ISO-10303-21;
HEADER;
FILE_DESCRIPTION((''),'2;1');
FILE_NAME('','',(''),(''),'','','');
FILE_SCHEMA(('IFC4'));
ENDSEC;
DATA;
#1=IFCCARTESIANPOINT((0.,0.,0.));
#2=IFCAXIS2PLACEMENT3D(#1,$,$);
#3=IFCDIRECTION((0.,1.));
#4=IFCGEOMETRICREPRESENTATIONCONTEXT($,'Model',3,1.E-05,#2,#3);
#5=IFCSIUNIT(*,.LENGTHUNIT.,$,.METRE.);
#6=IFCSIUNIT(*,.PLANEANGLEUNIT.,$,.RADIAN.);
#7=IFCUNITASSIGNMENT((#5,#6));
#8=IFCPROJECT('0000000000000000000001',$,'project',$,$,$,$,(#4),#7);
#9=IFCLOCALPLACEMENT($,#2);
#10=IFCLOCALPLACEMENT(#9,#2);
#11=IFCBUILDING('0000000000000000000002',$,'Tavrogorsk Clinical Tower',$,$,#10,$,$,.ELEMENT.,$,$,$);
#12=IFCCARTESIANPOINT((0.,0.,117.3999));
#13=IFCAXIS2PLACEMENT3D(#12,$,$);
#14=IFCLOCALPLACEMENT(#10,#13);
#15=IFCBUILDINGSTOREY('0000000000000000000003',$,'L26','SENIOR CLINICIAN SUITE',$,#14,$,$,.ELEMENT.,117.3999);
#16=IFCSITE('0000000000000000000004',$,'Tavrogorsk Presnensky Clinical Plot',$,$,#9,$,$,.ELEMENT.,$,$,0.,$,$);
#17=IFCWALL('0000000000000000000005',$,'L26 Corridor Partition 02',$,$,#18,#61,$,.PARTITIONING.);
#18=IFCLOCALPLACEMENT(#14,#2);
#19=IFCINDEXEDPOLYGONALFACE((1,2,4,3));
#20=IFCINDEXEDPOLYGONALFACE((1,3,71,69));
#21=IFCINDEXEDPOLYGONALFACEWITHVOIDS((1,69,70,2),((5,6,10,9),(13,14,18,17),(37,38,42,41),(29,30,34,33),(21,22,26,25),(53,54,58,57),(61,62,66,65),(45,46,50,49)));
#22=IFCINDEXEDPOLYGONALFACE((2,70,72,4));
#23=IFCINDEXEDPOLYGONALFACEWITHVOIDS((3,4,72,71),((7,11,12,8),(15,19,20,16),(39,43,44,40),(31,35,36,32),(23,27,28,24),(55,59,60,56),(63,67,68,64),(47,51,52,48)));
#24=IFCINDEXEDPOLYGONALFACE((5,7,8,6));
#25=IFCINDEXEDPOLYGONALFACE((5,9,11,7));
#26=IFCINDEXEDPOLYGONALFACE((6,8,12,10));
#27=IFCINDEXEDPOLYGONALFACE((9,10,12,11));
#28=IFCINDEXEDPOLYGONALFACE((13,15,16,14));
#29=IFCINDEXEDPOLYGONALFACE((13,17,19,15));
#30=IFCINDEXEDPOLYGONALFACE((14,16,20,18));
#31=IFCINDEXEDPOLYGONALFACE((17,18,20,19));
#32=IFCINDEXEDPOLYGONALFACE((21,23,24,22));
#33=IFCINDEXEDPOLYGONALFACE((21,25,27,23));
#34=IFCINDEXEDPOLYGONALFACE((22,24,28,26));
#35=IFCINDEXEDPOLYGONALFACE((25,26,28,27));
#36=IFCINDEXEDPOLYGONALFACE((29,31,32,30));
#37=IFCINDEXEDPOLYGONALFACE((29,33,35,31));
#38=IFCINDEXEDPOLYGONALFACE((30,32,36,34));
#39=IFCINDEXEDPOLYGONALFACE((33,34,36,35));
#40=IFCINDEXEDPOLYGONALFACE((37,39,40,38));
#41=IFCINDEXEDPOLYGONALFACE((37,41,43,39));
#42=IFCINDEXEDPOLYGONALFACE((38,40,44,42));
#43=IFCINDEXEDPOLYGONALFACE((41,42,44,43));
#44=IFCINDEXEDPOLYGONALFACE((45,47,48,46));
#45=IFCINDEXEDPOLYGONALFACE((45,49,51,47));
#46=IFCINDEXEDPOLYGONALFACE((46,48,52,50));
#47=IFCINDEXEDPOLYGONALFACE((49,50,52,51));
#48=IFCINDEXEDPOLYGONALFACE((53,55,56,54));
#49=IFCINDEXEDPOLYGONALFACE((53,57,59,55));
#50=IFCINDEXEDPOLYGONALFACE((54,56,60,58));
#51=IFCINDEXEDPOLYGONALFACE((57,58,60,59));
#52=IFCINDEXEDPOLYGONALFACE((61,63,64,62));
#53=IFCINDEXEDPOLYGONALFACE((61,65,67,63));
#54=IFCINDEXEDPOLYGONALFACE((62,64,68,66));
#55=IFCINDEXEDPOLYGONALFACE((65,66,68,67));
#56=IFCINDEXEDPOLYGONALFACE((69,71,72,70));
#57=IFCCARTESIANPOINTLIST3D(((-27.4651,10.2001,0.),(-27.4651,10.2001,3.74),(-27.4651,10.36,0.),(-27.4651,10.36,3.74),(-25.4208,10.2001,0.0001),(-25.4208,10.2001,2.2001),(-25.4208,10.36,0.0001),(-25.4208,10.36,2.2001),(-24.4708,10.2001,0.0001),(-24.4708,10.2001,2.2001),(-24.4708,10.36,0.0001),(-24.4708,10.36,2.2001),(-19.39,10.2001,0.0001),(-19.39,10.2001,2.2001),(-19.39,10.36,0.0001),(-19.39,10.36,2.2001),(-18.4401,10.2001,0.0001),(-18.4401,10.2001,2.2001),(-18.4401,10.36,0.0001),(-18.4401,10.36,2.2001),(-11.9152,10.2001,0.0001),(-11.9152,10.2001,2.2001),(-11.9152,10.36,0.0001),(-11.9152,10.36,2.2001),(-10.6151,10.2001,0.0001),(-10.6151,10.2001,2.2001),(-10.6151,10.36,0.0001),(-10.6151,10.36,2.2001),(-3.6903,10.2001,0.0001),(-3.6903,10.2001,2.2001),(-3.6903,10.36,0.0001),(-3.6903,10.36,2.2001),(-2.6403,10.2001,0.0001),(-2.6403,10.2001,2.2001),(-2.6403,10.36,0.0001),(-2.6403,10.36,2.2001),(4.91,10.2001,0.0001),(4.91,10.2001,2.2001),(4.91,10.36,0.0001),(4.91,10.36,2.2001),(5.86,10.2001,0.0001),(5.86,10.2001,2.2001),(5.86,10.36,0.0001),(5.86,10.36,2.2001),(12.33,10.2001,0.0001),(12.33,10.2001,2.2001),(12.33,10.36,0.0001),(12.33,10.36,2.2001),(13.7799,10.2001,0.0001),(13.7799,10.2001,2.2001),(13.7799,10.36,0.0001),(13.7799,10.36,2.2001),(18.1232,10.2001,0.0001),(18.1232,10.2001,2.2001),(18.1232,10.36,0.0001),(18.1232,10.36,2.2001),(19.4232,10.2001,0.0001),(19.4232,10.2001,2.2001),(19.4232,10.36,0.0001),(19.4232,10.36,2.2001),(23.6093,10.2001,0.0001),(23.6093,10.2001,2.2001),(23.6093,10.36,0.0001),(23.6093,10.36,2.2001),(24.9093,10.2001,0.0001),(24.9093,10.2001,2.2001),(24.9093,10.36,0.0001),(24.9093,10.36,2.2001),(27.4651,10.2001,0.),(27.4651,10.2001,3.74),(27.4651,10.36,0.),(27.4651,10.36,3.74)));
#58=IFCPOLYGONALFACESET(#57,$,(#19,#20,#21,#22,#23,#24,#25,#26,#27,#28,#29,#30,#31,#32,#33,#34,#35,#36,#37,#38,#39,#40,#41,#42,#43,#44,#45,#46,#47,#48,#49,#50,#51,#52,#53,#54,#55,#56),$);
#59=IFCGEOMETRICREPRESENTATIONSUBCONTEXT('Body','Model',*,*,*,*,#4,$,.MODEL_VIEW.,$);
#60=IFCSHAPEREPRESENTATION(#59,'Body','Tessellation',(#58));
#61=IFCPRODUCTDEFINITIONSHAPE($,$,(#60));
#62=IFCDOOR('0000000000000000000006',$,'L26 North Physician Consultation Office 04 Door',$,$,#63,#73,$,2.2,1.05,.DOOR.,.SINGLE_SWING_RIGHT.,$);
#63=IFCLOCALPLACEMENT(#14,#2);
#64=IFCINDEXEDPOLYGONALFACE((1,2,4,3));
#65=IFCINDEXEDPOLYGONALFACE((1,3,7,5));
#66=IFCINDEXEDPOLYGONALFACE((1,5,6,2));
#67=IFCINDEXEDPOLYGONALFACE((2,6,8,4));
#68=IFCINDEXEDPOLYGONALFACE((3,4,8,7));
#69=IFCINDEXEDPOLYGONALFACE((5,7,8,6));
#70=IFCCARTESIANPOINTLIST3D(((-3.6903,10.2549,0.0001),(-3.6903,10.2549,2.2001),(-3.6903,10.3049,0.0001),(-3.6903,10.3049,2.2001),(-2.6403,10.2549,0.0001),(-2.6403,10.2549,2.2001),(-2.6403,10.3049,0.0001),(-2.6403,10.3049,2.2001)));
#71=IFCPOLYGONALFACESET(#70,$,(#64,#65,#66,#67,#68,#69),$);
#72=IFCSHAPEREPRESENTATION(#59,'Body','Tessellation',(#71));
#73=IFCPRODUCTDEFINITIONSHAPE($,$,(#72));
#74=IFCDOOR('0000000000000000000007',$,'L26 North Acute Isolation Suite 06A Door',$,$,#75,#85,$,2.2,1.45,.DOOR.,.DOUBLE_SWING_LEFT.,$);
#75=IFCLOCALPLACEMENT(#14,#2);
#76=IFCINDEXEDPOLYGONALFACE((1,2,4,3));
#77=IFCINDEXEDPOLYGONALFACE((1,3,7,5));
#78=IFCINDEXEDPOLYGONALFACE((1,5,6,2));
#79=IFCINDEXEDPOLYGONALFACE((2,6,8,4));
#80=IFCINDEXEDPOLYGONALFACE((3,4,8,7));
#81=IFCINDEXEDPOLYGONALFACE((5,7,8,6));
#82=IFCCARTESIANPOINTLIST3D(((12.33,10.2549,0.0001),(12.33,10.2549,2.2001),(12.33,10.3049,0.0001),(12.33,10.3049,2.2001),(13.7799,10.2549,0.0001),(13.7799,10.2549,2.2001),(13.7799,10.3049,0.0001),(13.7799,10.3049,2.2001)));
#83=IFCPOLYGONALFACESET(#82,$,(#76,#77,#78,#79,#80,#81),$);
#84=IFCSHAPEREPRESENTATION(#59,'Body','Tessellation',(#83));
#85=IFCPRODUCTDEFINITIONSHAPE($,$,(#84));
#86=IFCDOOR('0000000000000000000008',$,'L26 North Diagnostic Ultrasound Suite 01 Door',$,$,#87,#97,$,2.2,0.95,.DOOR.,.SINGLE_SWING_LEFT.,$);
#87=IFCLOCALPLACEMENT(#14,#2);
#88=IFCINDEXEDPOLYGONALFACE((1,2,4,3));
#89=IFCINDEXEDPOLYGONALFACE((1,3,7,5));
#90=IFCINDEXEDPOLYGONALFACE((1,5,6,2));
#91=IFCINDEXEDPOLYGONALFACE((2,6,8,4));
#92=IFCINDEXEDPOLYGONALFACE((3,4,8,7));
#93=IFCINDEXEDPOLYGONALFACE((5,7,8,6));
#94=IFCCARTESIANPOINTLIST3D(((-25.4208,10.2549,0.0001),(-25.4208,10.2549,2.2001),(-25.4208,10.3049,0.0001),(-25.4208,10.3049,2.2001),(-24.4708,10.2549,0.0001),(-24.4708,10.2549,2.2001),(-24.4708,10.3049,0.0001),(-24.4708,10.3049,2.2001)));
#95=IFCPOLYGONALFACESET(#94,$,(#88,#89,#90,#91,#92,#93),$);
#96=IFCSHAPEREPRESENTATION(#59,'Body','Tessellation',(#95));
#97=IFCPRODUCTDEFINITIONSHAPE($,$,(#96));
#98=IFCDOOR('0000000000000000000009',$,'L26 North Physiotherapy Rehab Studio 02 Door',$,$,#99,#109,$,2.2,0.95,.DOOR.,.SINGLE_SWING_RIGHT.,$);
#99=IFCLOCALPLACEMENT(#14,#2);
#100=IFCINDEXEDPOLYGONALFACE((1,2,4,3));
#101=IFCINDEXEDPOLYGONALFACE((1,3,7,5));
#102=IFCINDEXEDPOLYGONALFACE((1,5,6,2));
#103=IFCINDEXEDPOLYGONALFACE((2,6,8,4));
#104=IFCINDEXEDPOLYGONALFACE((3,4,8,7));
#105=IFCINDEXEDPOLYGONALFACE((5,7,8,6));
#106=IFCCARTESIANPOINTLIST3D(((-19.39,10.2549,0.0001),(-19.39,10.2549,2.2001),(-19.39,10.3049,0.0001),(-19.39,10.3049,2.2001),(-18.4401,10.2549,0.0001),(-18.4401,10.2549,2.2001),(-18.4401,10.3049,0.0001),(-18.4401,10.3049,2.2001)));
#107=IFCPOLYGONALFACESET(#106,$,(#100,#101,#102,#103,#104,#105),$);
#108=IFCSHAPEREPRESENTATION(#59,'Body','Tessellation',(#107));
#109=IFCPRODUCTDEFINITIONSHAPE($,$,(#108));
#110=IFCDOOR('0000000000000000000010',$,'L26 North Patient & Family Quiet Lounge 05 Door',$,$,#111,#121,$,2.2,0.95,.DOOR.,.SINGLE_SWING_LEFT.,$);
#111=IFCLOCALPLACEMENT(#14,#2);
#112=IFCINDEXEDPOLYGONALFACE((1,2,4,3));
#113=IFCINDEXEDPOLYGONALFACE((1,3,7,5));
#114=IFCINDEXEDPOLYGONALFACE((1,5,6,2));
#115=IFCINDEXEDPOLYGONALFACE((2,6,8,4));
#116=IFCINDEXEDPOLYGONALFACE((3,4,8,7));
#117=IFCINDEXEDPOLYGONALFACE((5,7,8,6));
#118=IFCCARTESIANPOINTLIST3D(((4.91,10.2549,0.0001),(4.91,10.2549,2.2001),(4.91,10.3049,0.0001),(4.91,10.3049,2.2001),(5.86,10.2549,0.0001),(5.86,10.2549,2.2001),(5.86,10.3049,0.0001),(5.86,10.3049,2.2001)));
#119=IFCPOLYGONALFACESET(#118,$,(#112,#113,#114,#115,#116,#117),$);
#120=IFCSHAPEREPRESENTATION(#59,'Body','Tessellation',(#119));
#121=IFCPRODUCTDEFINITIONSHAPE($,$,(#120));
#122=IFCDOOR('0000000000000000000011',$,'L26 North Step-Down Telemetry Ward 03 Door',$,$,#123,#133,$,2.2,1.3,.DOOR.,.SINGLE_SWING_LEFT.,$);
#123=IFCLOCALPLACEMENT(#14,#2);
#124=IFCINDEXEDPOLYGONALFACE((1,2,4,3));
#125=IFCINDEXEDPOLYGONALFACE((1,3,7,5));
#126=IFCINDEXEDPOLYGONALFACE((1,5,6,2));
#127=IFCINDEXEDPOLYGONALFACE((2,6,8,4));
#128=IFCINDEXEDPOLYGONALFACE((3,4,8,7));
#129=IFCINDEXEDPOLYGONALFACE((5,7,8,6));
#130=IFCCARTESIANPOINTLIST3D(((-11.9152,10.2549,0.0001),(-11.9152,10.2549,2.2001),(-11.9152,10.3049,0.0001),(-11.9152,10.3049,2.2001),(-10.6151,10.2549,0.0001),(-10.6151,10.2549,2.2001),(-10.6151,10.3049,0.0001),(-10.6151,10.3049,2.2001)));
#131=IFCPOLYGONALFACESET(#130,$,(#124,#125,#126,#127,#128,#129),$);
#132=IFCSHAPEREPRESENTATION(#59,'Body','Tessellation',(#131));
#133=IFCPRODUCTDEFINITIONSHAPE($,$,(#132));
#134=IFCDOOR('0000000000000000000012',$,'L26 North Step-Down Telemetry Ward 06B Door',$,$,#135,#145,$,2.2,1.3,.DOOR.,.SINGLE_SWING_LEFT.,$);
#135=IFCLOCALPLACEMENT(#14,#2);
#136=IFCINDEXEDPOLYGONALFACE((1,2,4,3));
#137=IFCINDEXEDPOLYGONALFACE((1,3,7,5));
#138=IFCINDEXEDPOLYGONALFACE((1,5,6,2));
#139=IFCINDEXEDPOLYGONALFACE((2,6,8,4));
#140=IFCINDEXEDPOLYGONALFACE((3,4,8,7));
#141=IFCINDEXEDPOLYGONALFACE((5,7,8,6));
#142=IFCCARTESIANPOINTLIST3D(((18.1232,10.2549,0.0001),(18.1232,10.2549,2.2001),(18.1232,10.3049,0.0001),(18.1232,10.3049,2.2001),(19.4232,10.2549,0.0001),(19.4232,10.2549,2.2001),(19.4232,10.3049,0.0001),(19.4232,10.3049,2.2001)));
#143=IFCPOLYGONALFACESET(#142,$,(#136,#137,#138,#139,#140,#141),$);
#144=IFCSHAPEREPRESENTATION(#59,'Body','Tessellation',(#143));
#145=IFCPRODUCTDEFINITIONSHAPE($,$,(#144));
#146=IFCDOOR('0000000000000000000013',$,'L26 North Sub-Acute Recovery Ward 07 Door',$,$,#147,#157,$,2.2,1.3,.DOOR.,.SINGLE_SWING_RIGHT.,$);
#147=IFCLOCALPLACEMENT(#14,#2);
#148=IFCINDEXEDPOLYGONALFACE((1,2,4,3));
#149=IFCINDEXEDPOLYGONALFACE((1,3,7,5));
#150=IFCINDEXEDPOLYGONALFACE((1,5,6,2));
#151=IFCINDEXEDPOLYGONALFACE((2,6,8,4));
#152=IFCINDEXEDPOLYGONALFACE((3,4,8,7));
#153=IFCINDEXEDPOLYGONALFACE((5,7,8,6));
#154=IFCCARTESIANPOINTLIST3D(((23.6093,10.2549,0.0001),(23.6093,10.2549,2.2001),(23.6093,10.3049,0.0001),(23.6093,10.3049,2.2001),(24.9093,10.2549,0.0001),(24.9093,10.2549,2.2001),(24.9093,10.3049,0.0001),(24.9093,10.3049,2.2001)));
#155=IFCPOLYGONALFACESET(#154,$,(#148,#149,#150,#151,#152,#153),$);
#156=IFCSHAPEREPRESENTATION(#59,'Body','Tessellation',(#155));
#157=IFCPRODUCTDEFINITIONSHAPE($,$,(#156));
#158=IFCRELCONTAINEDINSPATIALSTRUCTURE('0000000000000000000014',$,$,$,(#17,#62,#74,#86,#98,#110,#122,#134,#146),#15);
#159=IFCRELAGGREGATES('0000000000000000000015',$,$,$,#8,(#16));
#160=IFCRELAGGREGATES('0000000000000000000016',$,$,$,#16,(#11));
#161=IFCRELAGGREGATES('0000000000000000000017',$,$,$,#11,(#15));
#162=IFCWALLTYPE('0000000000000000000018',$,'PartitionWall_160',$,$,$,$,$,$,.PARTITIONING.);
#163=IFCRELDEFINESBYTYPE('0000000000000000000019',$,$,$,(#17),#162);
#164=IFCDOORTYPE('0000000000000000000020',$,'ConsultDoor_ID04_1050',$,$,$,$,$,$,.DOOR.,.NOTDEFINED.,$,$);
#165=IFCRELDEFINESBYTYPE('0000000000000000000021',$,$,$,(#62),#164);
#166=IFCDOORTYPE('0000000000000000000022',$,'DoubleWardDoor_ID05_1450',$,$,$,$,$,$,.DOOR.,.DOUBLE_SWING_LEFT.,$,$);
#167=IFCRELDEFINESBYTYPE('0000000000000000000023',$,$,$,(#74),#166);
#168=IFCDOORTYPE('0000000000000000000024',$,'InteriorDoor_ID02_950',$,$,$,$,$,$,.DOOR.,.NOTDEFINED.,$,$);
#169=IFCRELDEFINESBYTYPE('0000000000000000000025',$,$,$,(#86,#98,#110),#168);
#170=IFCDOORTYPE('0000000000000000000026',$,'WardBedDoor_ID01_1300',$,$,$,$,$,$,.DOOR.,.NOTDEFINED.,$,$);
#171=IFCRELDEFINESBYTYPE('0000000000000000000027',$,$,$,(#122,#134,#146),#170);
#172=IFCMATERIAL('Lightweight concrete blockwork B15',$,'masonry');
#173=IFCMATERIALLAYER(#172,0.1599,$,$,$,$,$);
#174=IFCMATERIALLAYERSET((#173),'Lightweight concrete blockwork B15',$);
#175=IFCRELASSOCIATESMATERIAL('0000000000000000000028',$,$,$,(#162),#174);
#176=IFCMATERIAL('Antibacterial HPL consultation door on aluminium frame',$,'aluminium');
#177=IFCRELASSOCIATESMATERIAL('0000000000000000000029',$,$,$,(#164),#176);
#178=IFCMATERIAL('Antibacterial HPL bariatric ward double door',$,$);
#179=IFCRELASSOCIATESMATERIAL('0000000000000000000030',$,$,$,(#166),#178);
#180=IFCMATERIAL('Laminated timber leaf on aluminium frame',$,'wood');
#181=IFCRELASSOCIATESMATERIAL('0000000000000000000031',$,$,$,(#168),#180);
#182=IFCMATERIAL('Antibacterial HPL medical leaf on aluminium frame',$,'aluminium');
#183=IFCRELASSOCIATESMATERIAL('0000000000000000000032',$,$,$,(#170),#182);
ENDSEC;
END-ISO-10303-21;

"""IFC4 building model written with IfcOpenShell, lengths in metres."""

from ifc_helpers import new_model, si_unit, direction, frame, frame_2d, origin, place, context, subcontext, project, spatial, rectangle, extrude, material, layer, layer_set, type_object, element, fill, save


model = new_model("IFC4")

# Units and contexts
model_context = context("Model", 3, precision=1e-05, world=origin(), true_north=direction((0.0, 1.0)))
body_context = subcontext(model_context, "Body", "Model", "MODEL_VIEW")
ifc_project = project(units=[si_unit("LENGTHUNIT", "METRE"), si_unit("PLANEANGLEUNIT", "RADIAN")], contexts=[model_context])

# Site, building, storey
site_placement = place(None, origin())
site = spatial("IfcSite", under=ifc_project, at=site_placement, Name="Tavrogorsk Presnensky Clinical Plot", CompositionType="ELEMENT", RefElevation=0.0)
building_placement = place(site_placement, origin())
building = spatial("IfcBuilding", under=site, at=building_placement, Name="Tavrogorsk Clinical Tower", CompositionType="ELEMENT")
storey_placement = place(building_placement, frame((0.0, 0.0, 117.3999)))
storey = spatial("IfcBuildingStorey", under=building, at=storey_placement, Name="L26", Description="SENIOR CLINICIAN SUITE", CompositionType="ELEMENT", Elevation=117.3999)

# Wall, openings, doors
ifc_material_1 = material(Name="Lightweight concrete blockwork B15", Category="masonry")
ifc_layer_1 = layer(ifc_material_1, 0.1599)
ifc_layer_set_1 = layer_set([ifc_layer_1], Name="Lightweight concrete blockwork B15")
wall_type_1 = type_object("IfcWallType", Name="PartitionWall_160", PredefinedType="PARTITIONING", material=ifc_layer_set_1)
wall_1_placement = place(storey_placement, frame((-27.4651, 10.28, 0.0), z_axis=(0.0, 0.0, 1.0), x_axis=(1.0, 0.0, 0.0)))
wall_1 = element("IfcWall", 1, at=wall_1_placement, inside=storey, type_object=wall_type_1, Name="L26 Corridor Partition 02", PredefinedType="PARTITIONING", context=body_context, shape_type="SweptSolid", body=[
    extrude(rectangle(XDim=54.9302, YDim=0.1599, at=frame_2d((27.4651, 0.0))), origin(), (0.0, 0.0, 1.0), 3.74),
])
opening_1_placement = place(wall_1_placement, frame((2.0442, 0.0, 0.0)))
opening_1 = element("IfcOpeningElement", 2, at=opening_1_placement, cuts=wall_1, PredefinedType="OPENING", context=body_context, shape_type="SweptSolid", body=[
    extrude(rectangle(XDim=0.95, YDim=2.2, at=frame_2d((0.4751, 1.1001))), frame((0.0, 0.0898, 0.0), z_axis=(0.0, -1.0, 0.0), x_axis=(1.0, 0.0, 0.0)), (0.0, 0.0, 1.0), 0.1799),
])
opening_2_placement = place(wall_1_placement, frame((8.075, 0.0, 0.0)))
opening_2 = element("IfcOpeningElement", 3, at=opening_2_placement, cuts=wall_1, PredefinedType="OPENING", context=body_context, shape_type="SweptSolid", body=[
    extrude(rectangle(XDim=0.95, YDim=2.2, at=frame_2d((0.4751, 1.1001))), frame((0.0, 0.0898, 0.0), z_axis=(0.0, -1.0, 0.0), x_axis=(1.0, 0.0, 0.0)), (0.0, 0.0, 1.0), 0.1799),
])
opening_3_placement = place(wall_1_placement, frame((15.55, 0.0, 0.0)))
opening_3 = element("IfcOpeningElement", 4, at=opening_3_placement, cuts=wall_1, PredefinedType="OPENING", context=body_context, shape_type="SweptSolid", body=[
    extrude(rectangle(XDim=1.3, YDim=2.2, at=frame_2d((0.6499, 1.1001))), frame((0.0, 0.0898, 0.0), z_axis=(0.0, -1.0, 0.0), x_axis=(1.0, 0.0, 0.0)), (0.0, 0.0, 1.0), 0.1799),
])
opening_4_placement = place(wall_1_placement, frame((23.7749, 0.0, 0.0)))
opening_4 = element("IfcOpeningElement", 5, at=opening_4_placement, cuts=wall_1, PredefinedType="OPENING", context=body_context, shape_type="SweptSolid", body=[
    extrude(rectangle(XDim=1.05, YDim=2.2, at=frame_2d((0.5249, 1.1001))), frame((0.0, 0.0898, 0.0), z_axis=(0.0, -1.0, 0.0), x_axis=(1.0, 0.0, 0.0)), (0.0, 0.0, 1.0), 0.1799),
])
opening_5_placement = place(wall_1_placement, frame((32.375, 0.0, 0.0)))
opening_5 = element("IfcOpeningElement", 6, at=opening_5_placement, cuts=wall_1, PredefinedType="OPENING", context=body_context, shape_type="SweptSolid", body=[
    extrude(rectangle(XDim=0.95, YDim=2.2, at=frame_2d((0.4751, 1.1001))), frame((0.0, 0.0898, 0.0), z_axis=(0.0, -1.0, 0.0), x_axis=(1.0, 0.0, 0.0)), (0.0, 0.0, 1.0), 0.1799),
])
opening_6_placement = place(wall_1_placement, frame((39.7949, 0.0, 0.0)))
opening_6 = element("IfcOpeningElement", 7, at=opening_6_placement, cuts=wall_1, PredefinedType="OPENING", context=body_context, shape_type="SweptSolid", body=[
    extrude(rectangle(XDim=1.45, YDim=2.2, at=frame_2d((0.7251, 1.1001))), frame((0.0, 0.0898, 0.0), z_axis=(0.0, -1.0, 0.0), x_axis=(1.0, 0.0, 0.0)), (0.0, 0.0, 1.0), 0.1799),
])
opening_7_placement = place(wall_1_placement, frame((45.5884, 0.0, 0.0)))
opening_7 = element("IfcOpeningElement", 8, at=opening_7_placement, cuts=wall_1, PredefinedType="OPENING", context=body_context, shape_type="SweptSolid", body=[
    extrude(rectangle(XDim=1.3, YDim=2.2, at=frame_2d((0.6499, 1.1001))), frame((0.0, 0.0898, 0.0), z_axis=(0.0, -1.0, 0.0), x_axis=(1.0, 0.0, 0.0)), (0.0, 0.0, 1.0), 0.1799),
])
opening_8_placement = place(wall_1_placement, frame((51.0745, 0.0, 0.0)))
opening_8 = element("IfcOpeningElement", 9, at=opening_8_placement, cuts=wall_1, PredefinedType="OPENING", context=body_context, shape_type="SweptSolid", body=[
    extrude(rectangle(XDim=1.3, YDim=2.2, at=frame_2d((0.6499, 1.1001))), frame((0.0, 0.0898, 0.0), z_axis=(0.0, -1.0, 0.0), x_axis=(1.0, 0.0, 0.0)), (0.0, 0.0, 1.0), 0.1799),
])
ifc_material_2 = material(Name="Antibacterial HPL consultation door on aluminium frame", Category="aluminium")
door_type_1 = type_object("IfcDoorType", Name="ConsultDoor_ID04_1050", OperationType="NOTDEFINED", PredefinedType="DOOR", material=ifc_material_2)
door_1_placement = place(opening_4_placement, origin())
door_1 = element("IfcDoor", 10, at=door_1_placement, inside=storey, type_object=door_type_1, Name="L26 North Physician Consultation Office 04 Door", OperationType="SINGLE_SWING_RIGHT", OverallHeight=2.2, OverallWidth=1.05, PredefinedType="DOOR", context=body_context, shape_type="SweptSolid", body=[
    extrude(rectangle(XDim=1.05, YDim=2.2, at=frame_2d((0.5249, 1.1001))), frame((0.0, 0.0249, 0.0), z_axis=(0.0, -1.0, 0.0), x_axis=(1.0, 0.0, 0.0)), (0.0, 0.0, 1.0), 0.05),
])
fill(opening_4, door_1)
ifc_material_3 = material(Name="Antibacterial HPL bariatric ward double door")
door_type_2 = type_object("IfcDoorType", Name="DoubleWardDoor_ID05_1450", OperationType="DOUBLE_SWING_LEFT", PredefinedType="DOOR", material=ifc_material_3)
door_2_placement = place(opening_6_placement, origin())
door_2 = element("IfcDoor", 11, at=door_2_placement, inside=storey, type_object=door_type_2, Name="L26 North Acute Isolation Suite 06A Door", OperationType="DOUBLE_SWING_LEFT", OverallHeight=2.2, OverallWidth=1.45, PredefinedType="DOOR", context=body_context, shape_type="SweptSolid", body=[
    extrude(rectangle(XDim=1.45, YDim=2.2, at=frame_2d((0.7251, 1.1001))), frame((0.0, 0.0249, 0.0), z_axis=(0.0, -1.0, 0.0), x_axis=(1.0, 0.0, 0.0)), (0.0, 0.0, 1.0), 0.05),
])
fill(opening_6, door_2)
ifc_material_4 = material(Name="Laminated timber leaf on aluminium frame", Category="wood")
door_type_3 = type_object("IfcDoorType", Name="InteriorDoor_ID02_950", OperationType="NOTDEFINED", PredefinedType="DOOR", material=ifc_material_4)
door_3_placement = place(opening_1_placement, origin())
door_3 = element("IfcDoor", 12, at=door_3_placement, inside=storey, type_object=door_type_3, Name="L26 North Diagnostic Ultrasound Suite 01 Door", OperationType="SINGLE_SWING_LEFT", OverallHeight=2.2, OverallWidth=0.95, PredefinedType="DOOR", context=body_context, shape_type="SweptSolid", body=[
    extrude(rectangle(XDim=0.95, YDim=2.2, at=frame_2d((0.4751, 1.1001))), frame((0.0, 0.0249, 0.0), z_axis=(0.0, -1.0, 0.0), x_axis=(1.0, 0.0, 0.0)), (0.0, 0.0, 1.0), 0.05),
])
fill(opening_1, door_3)
door_4_placement = place(opening_2_placement, origin())
door_4 = element("IfcDoor", 13, at=door_4_placement, inside=storey, type_object=door_type_3, Name="L26 North Physiotherapy Rehab Studio 02 Door", OperationType="SINGLE_SWING_RIGHT", OverallHeight=2.2, OverallWidth=0.95, PredefinedType="DOOR", context=body_context, shape_type="SweptSolid", body=[
    extrude(rectangle(XDim=0.95, YDim=2.2, at=frame_2d((0.4751, 1.1001))), frame((0.0, 0.0249, 0.0), z_axis=(0.0, -1.0, 0.0), x_axis=(1.0, 0.0, 0.0)), (0.0, 0.0, 1.0), 0.05),
])
fill(opening_2, door_4)
door_5_placement = place(opening_5_placement, origin())
door_5 = element("IfcDoor", 14, at=door_5_placement, inside=storey, type_object=door_type_3, Name="L26 North Patient & Family Quiet Lounge 05 Door", OperationType="SINGLE_SWING_LEFT", OverallHeight=2.2, OverallWidth=0.95, PredefinedType="DOOR", context=body_context, shape_type="SweptSolid", body=[
    extrude(rectangle(XDim=0.95, YDim=2.2, at=frame_2d((0.4751, 1.1001))), frame((0.0, 0.0249, 0.0), z_axis=(0.0, -1.0, 0.0), x_axis=(1.0, 0.0, 0.0)), (0.0, 0.0, 1.0), 0.05),
])
fill(opening_5, door_5)
ifc_material_5 = material(Name="Antibacterial HPL medical leaf on aluminium frame", Category="aluminium")
door_type_4 = type_object("IfcDoorType", Name="WardBedDoor_ID01_1300", OperationType="NOTDEFINED", PredefinedType="DOOR", material=ifc_material_5)
door_6_placement = place(opening_3_placement, origin())
door_6 = element("IfcDoor", 15, at=door_6_placement, inside=storey, type_object=door_type_4, Name="L26 North Step-Down Telemetry Ward 03 Door", OperationType="SINGLE_SWING_LEFT", OverallHeight=2.2, OverallWidth=1.3, PredefinedType="DOOR", context=body_context, shape_type="SweptSolid", body=[
    extrude(rectangle(XDim=1.3, YDim=2.2, at=frame_2d((0.6499, 1.1001))), frame((0.0, 0.0249, 0.0), z_axis=(0.0, -1.0, 0.0), x_axis=(1.0, 0.0, 0.0)), (0.0, 0.0, 1.0), 0.05),
])
fill(opening_3, door_6)
door_7_placement = place(opening_7_placement, origin())
door_7 = element("IfcDoor", 16, at=door_7_placement, inside=storey, type_object=door_type_4, Name="L26 North Step-Down Telemetry Ward 06B Door", OperationType="SINGLE_SWING_LEFT", OverallHeight=2.2, OverallWidth=1.3, PredefinedType="DOOR", context=body_context, shape_type="SweptSolid", body=[
    extrude(rectangle(XDim=1.3, YDim=2.2, at=frame_2d((0.6499, 1.1001))), frame((0.0, 0.0249, 0.0), z_axis=(0.0, -1.0, 0.0), x_axis=(1.0, 0.0, 0.0)), (0.0, 0.0, 1.0), 0.05),
])
fill(opening_7, door_7)
door_8_placement = place(opening_8_placement, origin())
door_8 = element("IfcDoor", 17, at=door_8_placement, inside=storey, type_object=door_type_4, Name="L26 North Sub-Acute Recovery Ward 07 Door", OperationType="SINGLE_SWING_RIGHT", OverallHeight=2.2, OverallWidth=1.3, PredefinedType="DOOR", context=body_context, shape_type="SweptSolid", body=[
    extrude(rectangle(XDim=1.3, YDim=2.2, at=frame_2d((0.6499, 1.1001))), frame((0.0, 0.0249, 0.0), z_axis=(0.0, -1.0, 0.0), x_axis=(1.0, 0.0, 0.0)), (0.0, 0.0, 1.0), 0.05),
])
fill(opening_8, door_8)

save(model, "model.ifc")
